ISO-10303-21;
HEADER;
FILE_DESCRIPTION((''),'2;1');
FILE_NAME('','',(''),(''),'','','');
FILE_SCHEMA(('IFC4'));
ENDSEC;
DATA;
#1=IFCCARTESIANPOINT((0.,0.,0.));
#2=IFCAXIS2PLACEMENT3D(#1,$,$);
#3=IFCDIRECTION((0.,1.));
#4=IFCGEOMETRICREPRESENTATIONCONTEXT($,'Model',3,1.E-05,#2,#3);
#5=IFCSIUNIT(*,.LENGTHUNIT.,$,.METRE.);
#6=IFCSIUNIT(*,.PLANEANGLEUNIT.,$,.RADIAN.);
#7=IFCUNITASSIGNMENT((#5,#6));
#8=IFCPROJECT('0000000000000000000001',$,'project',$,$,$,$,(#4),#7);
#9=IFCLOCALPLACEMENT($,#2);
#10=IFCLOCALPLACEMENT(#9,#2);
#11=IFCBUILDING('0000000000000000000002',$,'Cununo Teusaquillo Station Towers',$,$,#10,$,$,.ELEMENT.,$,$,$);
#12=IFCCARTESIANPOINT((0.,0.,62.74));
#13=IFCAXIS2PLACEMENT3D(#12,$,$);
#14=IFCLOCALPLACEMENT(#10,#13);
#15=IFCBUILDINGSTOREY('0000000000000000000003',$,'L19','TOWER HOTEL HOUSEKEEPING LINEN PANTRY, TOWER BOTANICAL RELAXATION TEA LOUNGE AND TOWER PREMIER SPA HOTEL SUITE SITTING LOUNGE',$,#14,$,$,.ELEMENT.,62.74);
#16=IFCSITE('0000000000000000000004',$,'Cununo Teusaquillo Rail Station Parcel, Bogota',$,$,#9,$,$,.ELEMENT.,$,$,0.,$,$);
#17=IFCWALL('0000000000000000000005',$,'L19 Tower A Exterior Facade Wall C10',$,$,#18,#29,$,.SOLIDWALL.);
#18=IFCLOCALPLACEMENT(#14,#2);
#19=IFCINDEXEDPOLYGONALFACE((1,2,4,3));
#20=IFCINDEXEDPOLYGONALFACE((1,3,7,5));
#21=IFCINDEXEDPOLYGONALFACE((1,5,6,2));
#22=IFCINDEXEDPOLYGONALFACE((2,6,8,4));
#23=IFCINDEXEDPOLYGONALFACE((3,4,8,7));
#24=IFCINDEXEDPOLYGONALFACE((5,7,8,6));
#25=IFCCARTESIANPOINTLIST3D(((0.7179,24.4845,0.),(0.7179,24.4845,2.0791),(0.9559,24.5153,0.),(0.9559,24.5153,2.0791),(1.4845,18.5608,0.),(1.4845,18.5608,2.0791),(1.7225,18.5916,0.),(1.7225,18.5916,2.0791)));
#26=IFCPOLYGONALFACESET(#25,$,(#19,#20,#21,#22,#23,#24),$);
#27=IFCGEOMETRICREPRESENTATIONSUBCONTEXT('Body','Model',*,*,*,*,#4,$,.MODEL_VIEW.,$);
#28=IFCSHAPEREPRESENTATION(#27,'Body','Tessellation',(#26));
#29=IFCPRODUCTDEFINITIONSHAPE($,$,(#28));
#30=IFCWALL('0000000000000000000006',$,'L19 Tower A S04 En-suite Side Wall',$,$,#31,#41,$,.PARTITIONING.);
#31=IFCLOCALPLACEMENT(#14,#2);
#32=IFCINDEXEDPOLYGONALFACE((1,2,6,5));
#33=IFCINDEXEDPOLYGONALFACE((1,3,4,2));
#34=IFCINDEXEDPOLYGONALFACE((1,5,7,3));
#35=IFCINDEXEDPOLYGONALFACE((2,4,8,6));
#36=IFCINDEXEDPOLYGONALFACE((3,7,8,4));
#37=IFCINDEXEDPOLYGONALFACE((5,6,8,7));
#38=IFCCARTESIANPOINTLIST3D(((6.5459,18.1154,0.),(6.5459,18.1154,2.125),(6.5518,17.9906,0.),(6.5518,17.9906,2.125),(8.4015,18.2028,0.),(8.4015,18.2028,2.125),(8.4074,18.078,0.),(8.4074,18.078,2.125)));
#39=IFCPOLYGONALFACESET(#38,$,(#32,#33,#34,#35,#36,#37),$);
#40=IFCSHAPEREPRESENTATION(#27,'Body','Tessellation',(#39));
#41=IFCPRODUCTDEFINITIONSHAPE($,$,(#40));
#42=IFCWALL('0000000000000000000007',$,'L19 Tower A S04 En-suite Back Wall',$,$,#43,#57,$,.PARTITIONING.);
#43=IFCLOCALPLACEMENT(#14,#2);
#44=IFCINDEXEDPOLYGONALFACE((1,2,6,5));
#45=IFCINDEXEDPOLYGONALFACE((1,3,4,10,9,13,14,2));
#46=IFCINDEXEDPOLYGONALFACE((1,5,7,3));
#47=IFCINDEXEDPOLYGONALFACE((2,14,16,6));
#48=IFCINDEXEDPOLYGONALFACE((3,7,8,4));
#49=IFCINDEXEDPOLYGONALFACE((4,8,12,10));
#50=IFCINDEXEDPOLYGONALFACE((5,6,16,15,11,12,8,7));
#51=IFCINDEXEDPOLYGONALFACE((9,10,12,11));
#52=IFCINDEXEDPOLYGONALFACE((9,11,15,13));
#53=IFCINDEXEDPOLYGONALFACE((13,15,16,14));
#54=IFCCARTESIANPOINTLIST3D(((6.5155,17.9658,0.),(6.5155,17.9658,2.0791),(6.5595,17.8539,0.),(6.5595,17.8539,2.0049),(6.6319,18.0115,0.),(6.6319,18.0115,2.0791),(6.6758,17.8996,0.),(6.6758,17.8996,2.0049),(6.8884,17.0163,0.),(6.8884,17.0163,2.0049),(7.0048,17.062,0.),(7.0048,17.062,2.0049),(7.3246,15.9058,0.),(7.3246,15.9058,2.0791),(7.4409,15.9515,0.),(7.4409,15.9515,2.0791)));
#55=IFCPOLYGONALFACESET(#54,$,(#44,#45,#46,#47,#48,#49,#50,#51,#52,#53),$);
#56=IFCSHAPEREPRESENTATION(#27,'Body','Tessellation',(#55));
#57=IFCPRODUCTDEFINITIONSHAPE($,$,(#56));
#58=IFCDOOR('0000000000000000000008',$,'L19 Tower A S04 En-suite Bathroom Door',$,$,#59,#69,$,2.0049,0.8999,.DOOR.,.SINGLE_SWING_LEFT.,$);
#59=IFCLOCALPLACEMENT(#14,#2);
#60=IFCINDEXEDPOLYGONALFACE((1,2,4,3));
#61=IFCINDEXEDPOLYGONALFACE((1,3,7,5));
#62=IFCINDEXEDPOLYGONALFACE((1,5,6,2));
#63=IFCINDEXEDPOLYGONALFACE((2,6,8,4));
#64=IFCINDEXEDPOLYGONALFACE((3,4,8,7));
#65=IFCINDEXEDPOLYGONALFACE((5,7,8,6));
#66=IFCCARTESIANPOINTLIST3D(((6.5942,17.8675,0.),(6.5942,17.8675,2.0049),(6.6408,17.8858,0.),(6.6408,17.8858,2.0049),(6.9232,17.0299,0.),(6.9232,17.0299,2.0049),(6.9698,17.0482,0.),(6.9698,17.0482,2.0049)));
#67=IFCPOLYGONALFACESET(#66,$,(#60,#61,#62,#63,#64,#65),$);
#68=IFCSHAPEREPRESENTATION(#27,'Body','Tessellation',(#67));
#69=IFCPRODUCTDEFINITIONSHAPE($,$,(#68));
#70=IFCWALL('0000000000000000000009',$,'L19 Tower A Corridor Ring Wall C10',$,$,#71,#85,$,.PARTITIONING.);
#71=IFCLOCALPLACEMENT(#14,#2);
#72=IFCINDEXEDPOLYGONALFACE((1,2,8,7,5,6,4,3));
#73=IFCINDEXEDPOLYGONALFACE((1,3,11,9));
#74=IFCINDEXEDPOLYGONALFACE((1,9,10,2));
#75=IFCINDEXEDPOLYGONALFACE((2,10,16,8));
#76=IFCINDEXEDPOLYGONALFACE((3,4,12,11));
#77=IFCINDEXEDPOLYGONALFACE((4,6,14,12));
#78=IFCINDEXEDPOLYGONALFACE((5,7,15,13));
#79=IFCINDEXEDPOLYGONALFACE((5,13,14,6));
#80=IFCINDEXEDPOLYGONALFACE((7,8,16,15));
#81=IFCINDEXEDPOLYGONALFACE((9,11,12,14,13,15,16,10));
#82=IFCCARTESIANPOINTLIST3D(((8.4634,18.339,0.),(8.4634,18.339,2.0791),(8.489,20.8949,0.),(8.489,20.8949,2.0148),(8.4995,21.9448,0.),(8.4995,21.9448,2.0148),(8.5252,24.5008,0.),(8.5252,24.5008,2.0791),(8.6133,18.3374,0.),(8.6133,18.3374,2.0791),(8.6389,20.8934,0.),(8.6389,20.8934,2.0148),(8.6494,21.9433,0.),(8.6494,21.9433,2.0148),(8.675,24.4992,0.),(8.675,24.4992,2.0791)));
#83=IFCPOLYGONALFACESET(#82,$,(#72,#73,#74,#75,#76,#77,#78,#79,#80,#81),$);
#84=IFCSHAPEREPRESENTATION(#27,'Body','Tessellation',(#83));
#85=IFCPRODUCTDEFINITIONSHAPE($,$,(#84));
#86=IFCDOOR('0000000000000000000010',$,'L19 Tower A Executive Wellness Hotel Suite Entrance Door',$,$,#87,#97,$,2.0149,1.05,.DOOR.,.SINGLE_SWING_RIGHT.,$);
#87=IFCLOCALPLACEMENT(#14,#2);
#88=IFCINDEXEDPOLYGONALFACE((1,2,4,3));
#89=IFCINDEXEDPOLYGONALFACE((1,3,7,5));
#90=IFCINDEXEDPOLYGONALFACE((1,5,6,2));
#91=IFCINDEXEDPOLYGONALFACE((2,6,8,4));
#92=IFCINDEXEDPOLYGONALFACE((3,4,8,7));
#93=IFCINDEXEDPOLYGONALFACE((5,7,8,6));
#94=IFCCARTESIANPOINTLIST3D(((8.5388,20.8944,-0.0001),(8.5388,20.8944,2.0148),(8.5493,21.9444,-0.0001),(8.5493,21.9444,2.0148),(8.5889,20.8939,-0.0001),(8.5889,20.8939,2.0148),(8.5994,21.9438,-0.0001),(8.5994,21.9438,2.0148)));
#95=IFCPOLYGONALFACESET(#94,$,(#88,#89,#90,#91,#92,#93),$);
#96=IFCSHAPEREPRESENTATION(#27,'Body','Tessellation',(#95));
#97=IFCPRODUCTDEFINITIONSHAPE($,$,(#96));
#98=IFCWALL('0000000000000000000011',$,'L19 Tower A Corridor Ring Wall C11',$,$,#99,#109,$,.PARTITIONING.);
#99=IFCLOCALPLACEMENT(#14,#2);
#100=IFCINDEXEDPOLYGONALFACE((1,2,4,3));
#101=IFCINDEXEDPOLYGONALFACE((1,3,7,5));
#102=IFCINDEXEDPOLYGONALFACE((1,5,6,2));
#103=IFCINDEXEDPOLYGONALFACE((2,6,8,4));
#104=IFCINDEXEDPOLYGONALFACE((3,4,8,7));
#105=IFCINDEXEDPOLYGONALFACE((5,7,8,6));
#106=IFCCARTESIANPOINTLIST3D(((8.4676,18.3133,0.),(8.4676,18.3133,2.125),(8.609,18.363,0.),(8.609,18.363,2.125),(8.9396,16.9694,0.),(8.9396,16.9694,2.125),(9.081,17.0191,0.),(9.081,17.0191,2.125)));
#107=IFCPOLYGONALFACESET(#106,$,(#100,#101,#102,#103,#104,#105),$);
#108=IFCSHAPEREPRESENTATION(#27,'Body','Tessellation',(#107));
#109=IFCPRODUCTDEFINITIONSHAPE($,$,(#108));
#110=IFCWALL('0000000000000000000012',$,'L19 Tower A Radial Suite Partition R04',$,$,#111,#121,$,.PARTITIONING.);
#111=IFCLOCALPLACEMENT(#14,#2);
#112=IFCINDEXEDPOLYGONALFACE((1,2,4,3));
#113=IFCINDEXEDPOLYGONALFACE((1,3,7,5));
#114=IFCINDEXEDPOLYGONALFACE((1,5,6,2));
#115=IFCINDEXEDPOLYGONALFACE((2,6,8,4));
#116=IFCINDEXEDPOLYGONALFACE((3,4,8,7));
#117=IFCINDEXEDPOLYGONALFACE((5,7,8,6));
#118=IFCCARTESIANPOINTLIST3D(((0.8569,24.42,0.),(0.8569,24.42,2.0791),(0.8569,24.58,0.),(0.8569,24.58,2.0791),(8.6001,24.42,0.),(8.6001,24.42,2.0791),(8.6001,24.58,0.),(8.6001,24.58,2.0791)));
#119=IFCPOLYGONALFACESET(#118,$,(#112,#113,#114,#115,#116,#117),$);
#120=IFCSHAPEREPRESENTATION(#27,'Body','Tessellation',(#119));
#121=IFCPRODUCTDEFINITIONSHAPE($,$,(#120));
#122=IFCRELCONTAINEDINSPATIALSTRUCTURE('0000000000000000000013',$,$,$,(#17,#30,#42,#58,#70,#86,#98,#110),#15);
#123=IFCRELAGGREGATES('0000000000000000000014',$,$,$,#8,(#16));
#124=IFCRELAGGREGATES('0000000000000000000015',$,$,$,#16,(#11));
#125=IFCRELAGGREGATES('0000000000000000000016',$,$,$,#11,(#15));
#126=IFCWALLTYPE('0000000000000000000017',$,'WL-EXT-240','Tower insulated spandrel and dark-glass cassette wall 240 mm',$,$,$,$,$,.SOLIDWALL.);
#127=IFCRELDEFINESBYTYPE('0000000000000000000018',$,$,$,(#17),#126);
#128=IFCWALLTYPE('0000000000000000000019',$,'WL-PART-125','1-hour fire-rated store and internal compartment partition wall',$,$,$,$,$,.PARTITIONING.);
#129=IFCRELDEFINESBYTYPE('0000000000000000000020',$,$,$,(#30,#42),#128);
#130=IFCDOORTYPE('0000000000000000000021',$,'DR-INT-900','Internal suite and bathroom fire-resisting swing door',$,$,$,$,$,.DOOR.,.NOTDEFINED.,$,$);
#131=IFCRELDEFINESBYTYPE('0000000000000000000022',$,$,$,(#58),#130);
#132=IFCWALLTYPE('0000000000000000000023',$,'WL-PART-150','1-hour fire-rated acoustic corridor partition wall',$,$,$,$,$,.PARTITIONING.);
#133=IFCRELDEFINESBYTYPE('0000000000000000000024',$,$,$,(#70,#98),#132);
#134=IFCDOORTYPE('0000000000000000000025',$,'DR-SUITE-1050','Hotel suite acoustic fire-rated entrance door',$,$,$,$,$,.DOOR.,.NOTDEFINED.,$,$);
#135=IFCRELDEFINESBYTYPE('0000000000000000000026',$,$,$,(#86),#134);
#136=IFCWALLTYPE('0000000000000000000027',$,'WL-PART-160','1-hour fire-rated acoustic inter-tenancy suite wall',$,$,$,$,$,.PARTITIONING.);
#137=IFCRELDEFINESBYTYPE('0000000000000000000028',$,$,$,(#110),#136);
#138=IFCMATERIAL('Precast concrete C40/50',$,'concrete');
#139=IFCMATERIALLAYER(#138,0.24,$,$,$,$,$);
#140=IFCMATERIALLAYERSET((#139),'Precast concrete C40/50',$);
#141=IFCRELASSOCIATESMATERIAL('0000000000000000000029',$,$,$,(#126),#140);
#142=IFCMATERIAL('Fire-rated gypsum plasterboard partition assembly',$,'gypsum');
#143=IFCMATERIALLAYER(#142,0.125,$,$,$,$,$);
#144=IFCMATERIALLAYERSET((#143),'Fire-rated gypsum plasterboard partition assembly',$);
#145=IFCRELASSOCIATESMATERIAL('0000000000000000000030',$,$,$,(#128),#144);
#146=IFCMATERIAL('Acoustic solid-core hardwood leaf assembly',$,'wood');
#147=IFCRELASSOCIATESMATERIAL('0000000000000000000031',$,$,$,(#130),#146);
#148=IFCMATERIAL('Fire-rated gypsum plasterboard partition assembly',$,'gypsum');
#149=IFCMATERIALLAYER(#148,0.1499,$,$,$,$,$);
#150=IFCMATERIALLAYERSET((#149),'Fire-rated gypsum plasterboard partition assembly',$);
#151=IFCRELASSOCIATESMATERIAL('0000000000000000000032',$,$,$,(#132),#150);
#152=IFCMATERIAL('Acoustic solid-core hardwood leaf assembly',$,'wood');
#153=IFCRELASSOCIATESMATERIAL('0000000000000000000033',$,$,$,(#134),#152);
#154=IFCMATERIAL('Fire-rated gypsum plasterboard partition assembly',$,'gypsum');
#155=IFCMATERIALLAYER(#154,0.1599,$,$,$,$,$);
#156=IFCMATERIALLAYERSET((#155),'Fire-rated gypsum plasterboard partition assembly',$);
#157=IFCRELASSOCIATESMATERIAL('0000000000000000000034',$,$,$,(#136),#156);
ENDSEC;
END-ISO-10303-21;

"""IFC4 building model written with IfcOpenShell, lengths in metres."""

from ifc_helpers import new_model, si_unit, direction, frame, frame_2d, origin, place, context, subcontext, project, spatial, rectangle, extrude, source, transform, mapped, material, layer, layer_set, type_object, element, fill, save


model = new_model("IFC4")

# Units and contexts
model_context = context("Model", 3, precision=1e-05, world=origin(), true_north=direction((0.0, 1.0)))
body_context = subcontext(model_context, "Body", "Model", "MODEL_VIEW")
ifc_project = project(units=[si_unit("LENGTHUNIT", "METRE"), si_unit("PLANEANGLEUNIT", "RADIAN")], contexts=[model_context])

# Site, building, storey
site_placement = place(None, origin())
site = spatial("IfcSite", under=ifc_project, at=site_placement, Name="Cununo Teusaquillo Rail Station Parcel, Bogota", CompositionType="ELEMENT", RefElevation=0.0)
building_placement = place(site_placement, origin())
building = spatial("IfcBuilding", under=site, at=building_placement, Name="Cununo Teusaquillo Station Towers", CompositionType="ELEMENT")
storey_placement = place(building_placement, frame((0.0, 0.0, 62.74)))
storey = spatial("IfcBuildingStorey", under=building, at=storey_placement, Name="L19", Description="TOWER HOTEL HOUSEKEEPING LINEN PANTRY, TOWER BOTANICAL RELAXATION TEA LOUNGE AND TOWER PREMIER SPA HOTEL SUITE SITTING LOUNGE", CompositionType="ELEMENT", Elevation=62.74)

# Shared definitions
ifc_material_1 = material(Name="Precast concrete C40/50", Category="concrete")
ifc_layer_1 = layer(ifc_material_1, 0.24)
ifc_layer_set_1 = layer_set([ifc_layer_1], Name="Precast concrete C40/50")
wall_type_1 = type_object("IfcWallType", Name="WL-EXT-240", Description="Tower insulated spandrel and dark-glass cassette wall 240 mm", PredefinedType="SOLIDWALL", material=ifc_layer_set_1)

# Walls
wall_1_placement = place(storey_placement, frame((1.6035, 18.5762, 0.0), z_axis=(0.0, 0.0, 1.0), x_axis=(-0.12834, 0.99173, 0.0)))
element("IfcWall", 1, at=wall_1_placement, inside=storey, type_object=wall_type_1, Name="L19 Tower A Exterior Facade Wall C10", PredefinedType="SOLIDWALL", context=body_context, shape_type="SweptSolid", body=[
    extrude(rectangle(XDim=5.9731, YDim=0.24, at=frame_2d((2.9866, 0.0))), origin(), (0.0, 0.0, 1.0), 2.0791),
])
ifc_material_2 = material(Name="Fire-rated gypsum plasterboard partition assembly", Category="gypsum")
ifc_layer_2 = layer(ifc_material_2, 0.125)
ifc_layer_set_2 = layer_set([ifc_layer_2], Name="Fire-rated gypsum plasterboard partition assembly")
wall_type_2 = type_object("IfcWallType", Name="WL-PART-125", Description="1-hour fire-rated store and internal compartment partition wall", PredefinedType="PARTITIONING", material=ifc_layer_set_2)
wall_2_placement = place(storey_placement, frame((8.4043, 18.1404, 0.0), z_axis=(0.0, 0.0, 1.0), x_axis=(-0.998893, -0.047047, 0.0)))
element("IfcWall", 2, at=wall_2_placement, inside=storey, type_object=wall_type_2, Name="L19 Tower A S04 En-suite Side Wall", PredefinedType="PARTITIONING", context=body_context, shape_type="SweptSolid", body=[
    extrude(rectangle(XDim=1.8577, YDim=0.125, at=frame_2d((0.9287, 0.0))), origin(), (0.0, 0.0, 1.0), 2.125),
])

# Walls, openings, doors
wall_3_placement = place(storey_placement, frame((6.5737, 17.9885, 0.0), z_axis=(0.0, 0.0, 1.0), x_axis=(0.365564, -0.930786, 0.0)))
wall_3 = element("IfcWall", 3, at=wall_3_placement, inside=storey, type_object=wall_type_2, Name="L19 Tower A S04 En-suite Back Wall", PredefinedType="PARTITIONING", context=body_context, shape_type="SweptSolid", body=[
    extrude(rectangle(XDim=2.2131, YDim=0.125, at=frame_2d((1.1064, 0.0))), origin(), (0.0, 0.0, 1.0), 2.0791),
])
shared_shape_1 = source(origin(), body_context, "Body", "SweptSolid", [
    extrude(rectangle(XDim=0.8999, YDim=2.0049, at=frame_2d((0.45, 1.0024))), frame((0.0, 0.0725, 0.0), z_axis=(0.0, -1.0, 0.0), x_axis=(1.0, 0.0, 0.0)), (0.0, 0.0, 1.0), 0.145),
])
opening_1_placement = place(wall_3_placement, frame((0.1201, 0.0, 0.0)))
opening_1 = element("IfcOpeningElement", 4, at=opening_1_placement, cuts=wall_3, PredefinedType="OPENING", context=body_context, shape_type="MappedRepresentation", body=[
    mapped(shared_shape_1, transform((0.0, 0.0, 0.0), x_axis=(1.0, 0.0, 0.0), y_axis=(0.0, 1.0, 0.0), z_axis=(0.0, 0.0, 1.0), scale=1.0)),
])
ifc_material_3 = material(Name="Acoustic solid-core hardwood leaf assembly", Category="wood")
door_type_1 = type_object("IfcDoorType", Name="DR-INT-900", Description="Internal suite and bathroom fire-resisting swing door", OperationType="NOTDEFINED", PredefinedType="DOOR", material=ifc_material_3)
shared_shape_2 = source(origin(), body_context, "Body", "SweptSolid", [
    extrude(rectangle(XDim=0.8999, YDim=2.0049, at=frame_2d((0.45, 1.0024))), frame((0.0, 0.0249, 0.0), z_axis=(0.0, -1.0, 0.0), x_axis=(1.0, 0.0, 0.0)), (0.0, 0.0, 1.0), 0.05),
])
door_1_placement = place(opening_1_placement, origin())
door_1 = element("IfcDoor", 5, at=door_1_placement, inside=storey, type_object=door_type_1, Name="L19 Tower A S04 En-suite Bathroom Door", OperationType="SINGLE_SWING_LEFT", OverallHeight=2.0049, OverallWidth=0.8999, PredefinedType="DOOR", context=body_context, shape_type="MappedRepresentation", body=[
    mapped(shared_shape_2, transform((0.0, 0.0, 0.0), x_axis=(1.0, 0.0, 0.0), y_axis=(0.0, 1.0, 0.0), z_axis=(0.0, 0.0, 1.0), scale=1.0)),
])
fill(opening_1, door_1)
ifc_material_4 = material(Name="Fire-rated gypsum plasterboard partition assembly", Category="gypsum")
ifc_layer_3 = layer(ifc_material_4, 0.1499)
ifc_layer_set_3 = layer_set([ifc_layer_3], Name="Fire-rated gypsum plasterboard partition assembly")
wall_type_3 = type_object("IfcWallType", Name="WL-PART-150", Description="1-hour fire-rated acoustic corridor partition wall", PredefinedType="PARTITIONING", material=ifc_layer_set_3)
wall_4_placement = place(storey_placement, frame((8.6001, 24.5, 0.0), z_axis=(0.0, 0.0, 1.0), x_axis=(-0.010024, -0.99995, 0.0)))
wall_4 = element("IfcWall", 6, at=wall_4_placement, inside=storey, type_object=wall_type_3, Name="L19 Tower A Corridor Ring Wall C10", PredefinedType="PARTITIONING", context=body_context, shape_type="SweptSolid", body=[
    extrude(rectangle(XDim=6.1621, YDim=0.1499, at=frame_2d((3.0811, 0.0))), origin(), (0.0, 0.0, 1.0), 2.0791),
])
shared_shape_3 = source(origin(), body_context, "Body", "SweptSolid", [
    extrude(rectangle(XDim=1.05, YDim=2.0149, at=frame_2d((0.5249, 1.0073))), frame((0.0, 0.085, 0.0), z_axis=(0.0, -1.0, 0.0), x_axis=(1.0, 0.0, 0.0)), (0.0, 0.0, 1.0), 0.1699),
])
opening_2_placement = place(wall_4_placement, frame((2.5562, 0.0, 0.0)))
opening_2 = element("IfcOpeningElement", 7, at=opening_2_placement, cuts=wall_4, PredefinedType="OPENING", context=body_context, shape_type="MappedRepresentation", body=[
    mapped(shared_shape_3, transform((0.0, 0.0, 0.0), x_axis=(1.0, 0.0, 0.0), y_axis=(0.0, 1.0, 0.0), z_axis=(0.0, 0.0, 1.0), scale=1.0)),
])
ifc_material_5 = material(Name="Acoustic solid-core hardwood leaf assembly", Category="wood")
door_type_2 = type_object("IfcDoorType", Name="DR-SUITE-1050", Description="Hotel suite acoustic fire-rated entrance door", OperationType="NOTDEFINED", PredefinedType="DOOR", material=ifc_material_5)
shared_shape_4 = source(origin(), body_context, "Body", "SweptSolid", [
    extrude(rectangle(XDim=1.05, YDim=2.0149, at=frame_2d((0.5249, 1.0073))), frame((0.0, 0.0249, 0.0), z_axis=(0.0, -1.0, 0.0), x_axis=(1.0, 0.0, 0.0)), (0.0, 0.0, 1.0), 0.05),
])
door_2_placement = place(opening_2_placement, origin())
door_2 = element("IfcDoor", 8, at=door_2_placement, inside=storey, type_object=door_type_2, Name="L19 Tower A Executive Wellness Hotel Suite Entrance Door", OperationType="SINGLE_SWING_RIGHT", OverallHeight=2.0149, OverallWidth=1.05, PredefinedType="DOOR", context=body_context, shape_type="MappedRepresentation", body=[
    mapped(shared_shape_4, transform((0.0, 0.0, 0.0), x_axis=(1.0, 0.0, 0.0), y_axis=(0.0, 1.0, 0.0), z_axis=(0.0, 0.0, 1.0), scale=1.0)),
])
fill(opening_2, door_2)

# Walls
wall_5_placement = place(storey_placement, frame((8.5383, 18.3381, 0.0), z_axis=(0.0, 0.0, 1.0), x_axis=(0.331358, -0.943505, 0.0)))
element("IfcWall", 9, at=wall_5_placement, inside=storey, type_object=wall_type_3, Name="L19 Tower A Corridor Ring Wall C11", PredefinedType="PARTITIONING", context=body_context, shape_type="SweptSolid", body=[
    extrude(rectangle(XDim=1.4243, YDim=0.1499, at=frame_2d((0.7122, 0.0))), origin(), (0.0, 0.0, 1.0), 2.125),
])
ifc_material_6 = material(Name="Fire-rated gypsum plasterboard partition assembly", Category="gypsum")
ifc_layer_4 = layer(ifc_material_6, 0.1599)
ifc_layer_set_4 = layer_set([ifc_layer_4], Name="Fire-rated gypsum plasterboard partition assembly")
wall_type_4 = type_object("IfcWallType", Name="WL-PART-160", Description="1-hour fire-rated acoustic inter-tenancy suite wall", PredefinedType="PARTITIONING", material=ifc_layer_set_4)
wall_6_placement = place(storey_placement, frame((8.6001, 24.5, 0.0), z_axis=(0.0, 0.0, 1.0), x_axis=(-1.0, 0.0, 0.0)))
element("IfcWall", 10, at=wall_6_placement, inside=storey, type_object=wall_type_4, Name="L19 Tower A Radial Suite Partition R04", PredefinedType="PARTITIONING", context=body_context, shape_type="SweptSolid", body=[
    extrude(rectangle(XDim=7.7432, YDim=0.1599, at=frame_2d((3.8716, 0.0))), origin(), (0.0, 0.0, 1.0), 2.0791),
])

save(model, "model.ifc")
